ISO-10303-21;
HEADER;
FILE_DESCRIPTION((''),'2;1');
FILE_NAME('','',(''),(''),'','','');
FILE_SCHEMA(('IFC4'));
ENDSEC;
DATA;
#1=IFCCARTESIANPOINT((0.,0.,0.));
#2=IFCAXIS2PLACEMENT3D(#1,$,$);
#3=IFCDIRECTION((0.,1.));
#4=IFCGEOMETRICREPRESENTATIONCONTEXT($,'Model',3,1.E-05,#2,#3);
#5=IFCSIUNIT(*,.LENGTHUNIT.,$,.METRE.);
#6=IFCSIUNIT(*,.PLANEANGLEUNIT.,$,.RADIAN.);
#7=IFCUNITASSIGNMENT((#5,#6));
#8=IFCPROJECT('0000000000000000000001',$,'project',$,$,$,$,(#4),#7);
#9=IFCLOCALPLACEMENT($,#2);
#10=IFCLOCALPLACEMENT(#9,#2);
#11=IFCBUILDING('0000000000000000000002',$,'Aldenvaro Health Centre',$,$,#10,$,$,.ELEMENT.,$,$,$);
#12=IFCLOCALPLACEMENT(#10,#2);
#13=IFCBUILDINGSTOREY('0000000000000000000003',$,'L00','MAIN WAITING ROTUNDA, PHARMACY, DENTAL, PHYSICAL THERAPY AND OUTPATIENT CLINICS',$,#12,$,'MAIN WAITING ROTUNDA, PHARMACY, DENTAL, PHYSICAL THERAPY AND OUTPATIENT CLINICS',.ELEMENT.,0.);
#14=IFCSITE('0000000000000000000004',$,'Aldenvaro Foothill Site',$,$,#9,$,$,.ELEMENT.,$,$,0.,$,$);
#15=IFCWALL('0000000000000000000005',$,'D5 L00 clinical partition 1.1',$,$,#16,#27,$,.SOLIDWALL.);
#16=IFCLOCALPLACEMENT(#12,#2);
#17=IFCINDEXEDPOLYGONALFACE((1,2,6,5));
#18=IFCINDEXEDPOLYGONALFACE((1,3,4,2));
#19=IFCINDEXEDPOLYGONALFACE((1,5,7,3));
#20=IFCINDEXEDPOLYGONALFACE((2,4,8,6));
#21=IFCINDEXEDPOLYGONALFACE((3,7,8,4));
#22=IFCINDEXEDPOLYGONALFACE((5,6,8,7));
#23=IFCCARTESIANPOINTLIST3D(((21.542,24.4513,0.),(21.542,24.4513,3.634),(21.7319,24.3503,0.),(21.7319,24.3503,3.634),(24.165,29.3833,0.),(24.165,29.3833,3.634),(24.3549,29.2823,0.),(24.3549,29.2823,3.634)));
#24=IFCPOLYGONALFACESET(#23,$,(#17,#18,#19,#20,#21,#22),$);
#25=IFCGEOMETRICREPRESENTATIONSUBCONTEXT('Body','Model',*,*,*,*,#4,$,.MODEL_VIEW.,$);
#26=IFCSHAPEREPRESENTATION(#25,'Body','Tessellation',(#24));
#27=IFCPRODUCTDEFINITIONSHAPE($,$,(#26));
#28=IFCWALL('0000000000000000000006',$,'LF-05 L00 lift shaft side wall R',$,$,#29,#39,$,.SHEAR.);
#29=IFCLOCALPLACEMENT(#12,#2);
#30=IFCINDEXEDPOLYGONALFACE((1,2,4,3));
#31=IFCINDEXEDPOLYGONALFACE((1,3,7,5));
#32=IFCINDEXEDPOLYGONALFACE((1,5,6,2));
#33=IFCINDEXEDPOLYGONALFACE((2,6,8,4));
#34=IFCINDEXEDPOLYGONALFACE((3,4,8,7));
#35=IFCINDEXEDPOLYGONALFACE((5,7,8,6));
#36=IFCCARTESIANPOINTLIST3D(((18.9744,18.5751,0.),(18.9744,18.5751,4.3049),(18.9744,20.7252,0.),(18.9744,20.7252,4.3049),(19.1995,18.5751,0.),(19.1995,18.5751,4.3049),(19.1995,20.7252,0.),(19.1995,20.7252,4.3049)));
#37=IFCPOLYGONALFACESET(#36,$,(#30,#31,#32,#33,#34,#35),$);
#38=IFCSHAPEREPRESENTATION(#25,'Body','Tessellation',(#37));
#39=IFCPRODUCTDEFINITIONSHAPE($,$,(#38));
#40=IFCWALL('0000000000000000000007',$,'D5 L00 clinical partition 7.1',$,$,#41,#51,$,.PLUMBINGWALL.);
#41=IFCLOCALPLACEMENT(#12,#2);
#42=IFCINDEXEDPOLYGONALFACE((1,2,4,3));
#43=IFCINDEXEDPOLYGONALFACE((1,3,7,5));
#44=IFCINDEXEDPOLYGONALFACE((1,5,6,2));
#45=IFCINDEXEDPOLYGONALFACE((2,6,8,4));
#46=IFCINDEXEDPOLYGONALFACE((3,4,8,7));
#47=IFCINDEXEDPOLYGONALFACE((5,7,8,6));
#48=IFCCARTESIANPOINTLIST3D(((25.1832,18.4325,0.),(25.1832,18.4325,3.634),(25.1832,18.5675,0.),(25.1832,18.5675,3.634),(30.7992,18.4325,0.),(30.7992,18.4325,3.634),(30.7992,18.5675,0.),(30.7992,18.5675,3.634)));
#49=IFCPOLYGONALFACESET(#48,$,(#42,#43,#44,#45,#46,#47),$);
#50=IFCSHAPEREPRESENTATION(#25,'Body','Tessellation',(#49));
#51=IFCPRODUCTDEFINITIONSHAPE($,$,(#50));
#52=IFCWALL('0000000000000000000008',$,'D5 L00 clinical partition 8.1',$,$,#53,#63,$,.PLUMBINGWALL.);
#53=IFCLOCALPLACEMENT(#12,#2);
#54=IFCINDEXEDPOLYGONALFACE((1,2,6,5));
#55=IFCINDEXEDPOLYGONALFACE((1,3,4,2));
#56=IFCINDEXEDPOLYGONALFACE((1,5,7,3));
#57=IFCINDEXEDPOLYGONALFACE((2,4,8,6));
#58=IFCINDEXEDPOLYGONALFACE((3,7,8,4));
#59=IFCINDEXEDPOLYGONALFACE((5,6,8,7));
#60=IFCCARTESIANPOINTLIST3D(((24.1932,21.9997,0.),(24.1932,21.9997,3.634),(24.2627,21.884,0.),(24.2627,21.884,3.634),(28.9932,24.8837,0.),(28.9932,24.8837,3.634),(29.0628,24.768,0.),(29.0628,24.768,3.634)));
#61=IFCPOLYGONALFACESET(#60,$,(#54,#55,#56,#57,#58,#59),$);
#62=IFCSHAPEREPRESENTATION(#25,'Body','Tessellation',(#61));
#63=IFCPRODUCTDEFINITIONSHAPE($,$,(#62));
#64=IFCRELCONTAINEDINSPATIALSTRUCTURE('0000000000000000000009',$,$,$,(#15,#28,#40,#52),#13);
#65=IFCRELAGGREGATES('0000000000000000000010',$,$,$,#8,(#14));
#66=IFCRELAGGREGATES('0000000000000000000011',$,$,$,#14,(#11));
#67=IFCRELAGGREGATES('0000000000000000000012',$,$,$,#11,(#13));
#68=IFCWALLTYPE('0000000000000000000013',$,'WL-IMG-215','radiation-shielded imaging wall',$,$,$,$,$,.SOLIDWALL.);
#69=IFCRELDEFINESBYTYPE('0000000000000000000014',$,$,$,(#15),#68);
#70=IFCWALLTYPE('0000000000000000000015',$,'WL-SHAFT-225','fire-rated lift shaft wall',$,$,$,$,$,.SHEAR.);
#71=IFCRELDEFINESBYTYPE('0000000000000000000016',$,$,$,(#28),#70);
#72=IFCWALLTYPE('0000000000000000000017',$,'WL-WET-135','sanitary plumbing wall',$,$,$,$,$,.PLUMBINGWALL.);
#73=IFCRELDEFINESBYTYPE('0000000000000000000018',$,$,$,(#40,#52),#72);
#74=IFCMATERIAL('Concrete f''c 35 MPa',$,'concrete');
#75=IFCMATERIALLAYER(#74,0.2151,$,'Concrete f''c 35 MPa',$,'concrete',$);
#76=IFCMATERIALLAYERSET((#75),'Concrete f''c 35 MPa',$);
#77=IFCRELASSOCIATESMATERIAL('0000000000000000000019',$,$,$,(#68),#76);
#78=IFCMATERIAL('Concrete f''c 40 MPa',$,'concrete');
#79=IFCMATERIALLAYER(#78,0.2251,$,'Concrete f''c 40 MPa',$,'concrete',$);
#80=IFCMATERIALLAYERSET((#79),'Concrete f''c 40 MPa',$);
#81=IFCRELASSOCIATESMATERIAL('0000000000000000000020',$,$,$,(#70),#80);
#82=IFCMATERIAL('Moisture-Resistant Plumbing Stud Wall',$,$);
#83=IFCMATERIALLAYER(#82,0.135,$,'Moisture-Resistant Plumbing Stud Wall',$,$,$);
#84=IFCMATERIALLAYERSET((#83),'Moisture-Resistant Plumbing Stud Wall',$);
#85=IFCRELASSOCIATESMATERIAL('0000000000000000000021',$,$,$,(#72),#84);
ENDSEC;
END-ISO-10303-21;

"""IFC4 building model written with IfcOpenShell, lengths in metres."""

from ifc_helpers import new_model, si_unit, direction, frame, frame_2d, origin, place, context, subcontext, project, spatial, rectangle, extrude, material, layer, layer_set, type_object, element, save


model = new_model("IFC4")

# Units and contexts
model_context = context("Model", 3, precision=1e-05, world=origin(), true_north=direction((0.0, 1.0)))
body_context = subcontext(model_context, "Body", "Model", "MODEL_VIEW")
ifc_project = project(units=[si_unit("LENGTHUNIT", "METRE"), si_unit("PLANEANGLEUNIT", "RADIAN")], contexts=[model_context])

# Site, building, storey
site_placement = place(None, origin())
site = spatial("IfcSite", under=ifc_project, at=site_placement, Name="Aldenvaro Foothill Site", CompositionType="ELEMENT", RefElevation=0.0)
building_placement = place(site_placement, origin())
building = spatial("IfcBuilding", under=site, at=building_placement, Name="Aldenvaro Health Centre", CompositionType="ELEMENT")
storey_placement = place(building_placement, origin())
storey = spatial("IfcBuildingStorey", under=building, at=storey_placement, Name="L00", Description="MAIN WAITING ROTUNDA, PHARMACY, DENTAL, PHYSICAL THERAPY AND OUTPATIENT CLINICS", LongName="MAIN WAITING ROTUNDA, PHARMACY, DENTAL, PHYSICAL THERAPY AND OUTPATIENT CLINICS", CompositionType="ELEMENT", Elevation=0.0)

# Shared definitions
ifc_material_1 = material(Name="Concrete f'c 40 MPa", Category="concrete")

# Walls
ifc_material_2 = material(Name="Concrete f'c 35 MPa", Category="concrete")
ifc_layer_1 = layer(ifc_material_2, 0.2151, Name="Concrete f'c 35 MPa", Category="concrete")
ifc_layer_set_1 = layer_set([ifc_layer_1], Name="Concrete f'c 35 MPa")
wall_type_1 = type_object("IfcWallType", Name="WL-IMG-215", Description="radiation-shielded imaging wall", PredefinedType="SOLIDWALL", material=ifc_layer_set_1)
wall_1_placement = place(storey_placement, frame((21.637, 24.4009, 0.0), z_axis=(0.0, 0.0, 1.0), x_axis=(0.469554, 0.882904, 0.0)))
element("IfcWall", 1, at=wall_1_placement, inside=storey, type_object=wall_type_1, Name="D5 L00 clinical partition 1.1", PredefinedType="SOLIDWALL", context=body_context, shape_type="SweptSolid", body=[
    extrude(rectangle(XDim=5.5862, YDim=0.2151, at=frame_2d((2.793, 0.0))), origin(), (0.0, 0.0, 1.0), 3.634),
])
ifc_layer_2 = layer(ifc_material_1, 0.2251, Name="Concrete f'c 40 MPa", Category="concrete")
ifc_layer_set_2 = layer_set([ifc_layer_2], Name="Concrete f'c 40 MPa")
wall_type_2 = type_object("IfcWallType", Name="WL-SHAFT-225", Description="fire-rated lift shaft wall", PredefinedType="SHEAR", material=ifc_layer_set_2)
wall_2_placement = place(storey_placement, frame((19.0869, 18.575, 0.0), z_axis=(0.0, 0.0, 1.0), x_axis=(0.0, 1.0, 0.0)))
element("IfcWall", 2, at=wall_2_placement, inside=storey, type_object=wall_type_2, Name="LF-05 L00 lift shaft side wall R", PredefinedType="SHEAR", context=body_context, shape_type="SweptSolid", body=[
    extrude(rectangle(XDim=2.1501, YDim=0.2251, at=frame_2d((1.0752, 0.0))), origin(), (0.0, 0.0, 1.0), 4.3049),
])
ifc_material_3 = material(Name="Moisture-Resistant Plumbing Stud Wall")
ifc_layer_3 = layer(ifc_material_3, 0.135, Name="Moisture-Resistant Plumbing Stud Wall")
ifc_layer_set_3 = layer_set([ifc_layer_3], Name="Moisture-Resistant Plumbing Stud Wall")
wall_type_3 = type_object("IfcWallType", Name="WL-WET-135", Description="sanitary plumbing wall", PredefinedType="PLUMBINGWALL", material=ifc_layer_set_3)
wall_3_placement = place(storey_placement, frame((25.1831, 18.5, 0.0), z_axis=(0.0, 0.0, 1.0), x_axis=(1.0, 0.0, 0.0)))
element("IfcWall", 3, at=wall_3_placement, inside=storey, type_object=wall_type_3, Name="D5 L00 clinical partition 7.1", PredefinedType="PLUMBINGWALL", context=body_context, shape_type="SweptSolid", body=[
    extrude(rectangle(XDim=5.616, YDim=0.135, at=frame_2d((2.8081, 0.0))), origin(), (0.0, 0.0, 1.0), 3.634),
])
wall_4_placement = place(storey_placement, frame((24.228, 21.9419, 0.0), z_axis=(0.0, 0.0, 1.0), x_axis=(0.857177, 0.515021, 0.0)))
element("IfcWall", 4, at=wall_4_placement, inside=storey, type_object=wall_type_3, Name="D5 L00 clinical partition 8.1", PredefinedType="PLUMBINGWALL", context=body_context, shape_type="SweptSolid", body=[
    extrude(rectangle(XDim=5.5999, YDim=0.135, at=frame_2d((2.7998, 0.0))), origin(), (0.0, 0.0, 1.0), 3.634),
])

save(model, "model.ifc")
